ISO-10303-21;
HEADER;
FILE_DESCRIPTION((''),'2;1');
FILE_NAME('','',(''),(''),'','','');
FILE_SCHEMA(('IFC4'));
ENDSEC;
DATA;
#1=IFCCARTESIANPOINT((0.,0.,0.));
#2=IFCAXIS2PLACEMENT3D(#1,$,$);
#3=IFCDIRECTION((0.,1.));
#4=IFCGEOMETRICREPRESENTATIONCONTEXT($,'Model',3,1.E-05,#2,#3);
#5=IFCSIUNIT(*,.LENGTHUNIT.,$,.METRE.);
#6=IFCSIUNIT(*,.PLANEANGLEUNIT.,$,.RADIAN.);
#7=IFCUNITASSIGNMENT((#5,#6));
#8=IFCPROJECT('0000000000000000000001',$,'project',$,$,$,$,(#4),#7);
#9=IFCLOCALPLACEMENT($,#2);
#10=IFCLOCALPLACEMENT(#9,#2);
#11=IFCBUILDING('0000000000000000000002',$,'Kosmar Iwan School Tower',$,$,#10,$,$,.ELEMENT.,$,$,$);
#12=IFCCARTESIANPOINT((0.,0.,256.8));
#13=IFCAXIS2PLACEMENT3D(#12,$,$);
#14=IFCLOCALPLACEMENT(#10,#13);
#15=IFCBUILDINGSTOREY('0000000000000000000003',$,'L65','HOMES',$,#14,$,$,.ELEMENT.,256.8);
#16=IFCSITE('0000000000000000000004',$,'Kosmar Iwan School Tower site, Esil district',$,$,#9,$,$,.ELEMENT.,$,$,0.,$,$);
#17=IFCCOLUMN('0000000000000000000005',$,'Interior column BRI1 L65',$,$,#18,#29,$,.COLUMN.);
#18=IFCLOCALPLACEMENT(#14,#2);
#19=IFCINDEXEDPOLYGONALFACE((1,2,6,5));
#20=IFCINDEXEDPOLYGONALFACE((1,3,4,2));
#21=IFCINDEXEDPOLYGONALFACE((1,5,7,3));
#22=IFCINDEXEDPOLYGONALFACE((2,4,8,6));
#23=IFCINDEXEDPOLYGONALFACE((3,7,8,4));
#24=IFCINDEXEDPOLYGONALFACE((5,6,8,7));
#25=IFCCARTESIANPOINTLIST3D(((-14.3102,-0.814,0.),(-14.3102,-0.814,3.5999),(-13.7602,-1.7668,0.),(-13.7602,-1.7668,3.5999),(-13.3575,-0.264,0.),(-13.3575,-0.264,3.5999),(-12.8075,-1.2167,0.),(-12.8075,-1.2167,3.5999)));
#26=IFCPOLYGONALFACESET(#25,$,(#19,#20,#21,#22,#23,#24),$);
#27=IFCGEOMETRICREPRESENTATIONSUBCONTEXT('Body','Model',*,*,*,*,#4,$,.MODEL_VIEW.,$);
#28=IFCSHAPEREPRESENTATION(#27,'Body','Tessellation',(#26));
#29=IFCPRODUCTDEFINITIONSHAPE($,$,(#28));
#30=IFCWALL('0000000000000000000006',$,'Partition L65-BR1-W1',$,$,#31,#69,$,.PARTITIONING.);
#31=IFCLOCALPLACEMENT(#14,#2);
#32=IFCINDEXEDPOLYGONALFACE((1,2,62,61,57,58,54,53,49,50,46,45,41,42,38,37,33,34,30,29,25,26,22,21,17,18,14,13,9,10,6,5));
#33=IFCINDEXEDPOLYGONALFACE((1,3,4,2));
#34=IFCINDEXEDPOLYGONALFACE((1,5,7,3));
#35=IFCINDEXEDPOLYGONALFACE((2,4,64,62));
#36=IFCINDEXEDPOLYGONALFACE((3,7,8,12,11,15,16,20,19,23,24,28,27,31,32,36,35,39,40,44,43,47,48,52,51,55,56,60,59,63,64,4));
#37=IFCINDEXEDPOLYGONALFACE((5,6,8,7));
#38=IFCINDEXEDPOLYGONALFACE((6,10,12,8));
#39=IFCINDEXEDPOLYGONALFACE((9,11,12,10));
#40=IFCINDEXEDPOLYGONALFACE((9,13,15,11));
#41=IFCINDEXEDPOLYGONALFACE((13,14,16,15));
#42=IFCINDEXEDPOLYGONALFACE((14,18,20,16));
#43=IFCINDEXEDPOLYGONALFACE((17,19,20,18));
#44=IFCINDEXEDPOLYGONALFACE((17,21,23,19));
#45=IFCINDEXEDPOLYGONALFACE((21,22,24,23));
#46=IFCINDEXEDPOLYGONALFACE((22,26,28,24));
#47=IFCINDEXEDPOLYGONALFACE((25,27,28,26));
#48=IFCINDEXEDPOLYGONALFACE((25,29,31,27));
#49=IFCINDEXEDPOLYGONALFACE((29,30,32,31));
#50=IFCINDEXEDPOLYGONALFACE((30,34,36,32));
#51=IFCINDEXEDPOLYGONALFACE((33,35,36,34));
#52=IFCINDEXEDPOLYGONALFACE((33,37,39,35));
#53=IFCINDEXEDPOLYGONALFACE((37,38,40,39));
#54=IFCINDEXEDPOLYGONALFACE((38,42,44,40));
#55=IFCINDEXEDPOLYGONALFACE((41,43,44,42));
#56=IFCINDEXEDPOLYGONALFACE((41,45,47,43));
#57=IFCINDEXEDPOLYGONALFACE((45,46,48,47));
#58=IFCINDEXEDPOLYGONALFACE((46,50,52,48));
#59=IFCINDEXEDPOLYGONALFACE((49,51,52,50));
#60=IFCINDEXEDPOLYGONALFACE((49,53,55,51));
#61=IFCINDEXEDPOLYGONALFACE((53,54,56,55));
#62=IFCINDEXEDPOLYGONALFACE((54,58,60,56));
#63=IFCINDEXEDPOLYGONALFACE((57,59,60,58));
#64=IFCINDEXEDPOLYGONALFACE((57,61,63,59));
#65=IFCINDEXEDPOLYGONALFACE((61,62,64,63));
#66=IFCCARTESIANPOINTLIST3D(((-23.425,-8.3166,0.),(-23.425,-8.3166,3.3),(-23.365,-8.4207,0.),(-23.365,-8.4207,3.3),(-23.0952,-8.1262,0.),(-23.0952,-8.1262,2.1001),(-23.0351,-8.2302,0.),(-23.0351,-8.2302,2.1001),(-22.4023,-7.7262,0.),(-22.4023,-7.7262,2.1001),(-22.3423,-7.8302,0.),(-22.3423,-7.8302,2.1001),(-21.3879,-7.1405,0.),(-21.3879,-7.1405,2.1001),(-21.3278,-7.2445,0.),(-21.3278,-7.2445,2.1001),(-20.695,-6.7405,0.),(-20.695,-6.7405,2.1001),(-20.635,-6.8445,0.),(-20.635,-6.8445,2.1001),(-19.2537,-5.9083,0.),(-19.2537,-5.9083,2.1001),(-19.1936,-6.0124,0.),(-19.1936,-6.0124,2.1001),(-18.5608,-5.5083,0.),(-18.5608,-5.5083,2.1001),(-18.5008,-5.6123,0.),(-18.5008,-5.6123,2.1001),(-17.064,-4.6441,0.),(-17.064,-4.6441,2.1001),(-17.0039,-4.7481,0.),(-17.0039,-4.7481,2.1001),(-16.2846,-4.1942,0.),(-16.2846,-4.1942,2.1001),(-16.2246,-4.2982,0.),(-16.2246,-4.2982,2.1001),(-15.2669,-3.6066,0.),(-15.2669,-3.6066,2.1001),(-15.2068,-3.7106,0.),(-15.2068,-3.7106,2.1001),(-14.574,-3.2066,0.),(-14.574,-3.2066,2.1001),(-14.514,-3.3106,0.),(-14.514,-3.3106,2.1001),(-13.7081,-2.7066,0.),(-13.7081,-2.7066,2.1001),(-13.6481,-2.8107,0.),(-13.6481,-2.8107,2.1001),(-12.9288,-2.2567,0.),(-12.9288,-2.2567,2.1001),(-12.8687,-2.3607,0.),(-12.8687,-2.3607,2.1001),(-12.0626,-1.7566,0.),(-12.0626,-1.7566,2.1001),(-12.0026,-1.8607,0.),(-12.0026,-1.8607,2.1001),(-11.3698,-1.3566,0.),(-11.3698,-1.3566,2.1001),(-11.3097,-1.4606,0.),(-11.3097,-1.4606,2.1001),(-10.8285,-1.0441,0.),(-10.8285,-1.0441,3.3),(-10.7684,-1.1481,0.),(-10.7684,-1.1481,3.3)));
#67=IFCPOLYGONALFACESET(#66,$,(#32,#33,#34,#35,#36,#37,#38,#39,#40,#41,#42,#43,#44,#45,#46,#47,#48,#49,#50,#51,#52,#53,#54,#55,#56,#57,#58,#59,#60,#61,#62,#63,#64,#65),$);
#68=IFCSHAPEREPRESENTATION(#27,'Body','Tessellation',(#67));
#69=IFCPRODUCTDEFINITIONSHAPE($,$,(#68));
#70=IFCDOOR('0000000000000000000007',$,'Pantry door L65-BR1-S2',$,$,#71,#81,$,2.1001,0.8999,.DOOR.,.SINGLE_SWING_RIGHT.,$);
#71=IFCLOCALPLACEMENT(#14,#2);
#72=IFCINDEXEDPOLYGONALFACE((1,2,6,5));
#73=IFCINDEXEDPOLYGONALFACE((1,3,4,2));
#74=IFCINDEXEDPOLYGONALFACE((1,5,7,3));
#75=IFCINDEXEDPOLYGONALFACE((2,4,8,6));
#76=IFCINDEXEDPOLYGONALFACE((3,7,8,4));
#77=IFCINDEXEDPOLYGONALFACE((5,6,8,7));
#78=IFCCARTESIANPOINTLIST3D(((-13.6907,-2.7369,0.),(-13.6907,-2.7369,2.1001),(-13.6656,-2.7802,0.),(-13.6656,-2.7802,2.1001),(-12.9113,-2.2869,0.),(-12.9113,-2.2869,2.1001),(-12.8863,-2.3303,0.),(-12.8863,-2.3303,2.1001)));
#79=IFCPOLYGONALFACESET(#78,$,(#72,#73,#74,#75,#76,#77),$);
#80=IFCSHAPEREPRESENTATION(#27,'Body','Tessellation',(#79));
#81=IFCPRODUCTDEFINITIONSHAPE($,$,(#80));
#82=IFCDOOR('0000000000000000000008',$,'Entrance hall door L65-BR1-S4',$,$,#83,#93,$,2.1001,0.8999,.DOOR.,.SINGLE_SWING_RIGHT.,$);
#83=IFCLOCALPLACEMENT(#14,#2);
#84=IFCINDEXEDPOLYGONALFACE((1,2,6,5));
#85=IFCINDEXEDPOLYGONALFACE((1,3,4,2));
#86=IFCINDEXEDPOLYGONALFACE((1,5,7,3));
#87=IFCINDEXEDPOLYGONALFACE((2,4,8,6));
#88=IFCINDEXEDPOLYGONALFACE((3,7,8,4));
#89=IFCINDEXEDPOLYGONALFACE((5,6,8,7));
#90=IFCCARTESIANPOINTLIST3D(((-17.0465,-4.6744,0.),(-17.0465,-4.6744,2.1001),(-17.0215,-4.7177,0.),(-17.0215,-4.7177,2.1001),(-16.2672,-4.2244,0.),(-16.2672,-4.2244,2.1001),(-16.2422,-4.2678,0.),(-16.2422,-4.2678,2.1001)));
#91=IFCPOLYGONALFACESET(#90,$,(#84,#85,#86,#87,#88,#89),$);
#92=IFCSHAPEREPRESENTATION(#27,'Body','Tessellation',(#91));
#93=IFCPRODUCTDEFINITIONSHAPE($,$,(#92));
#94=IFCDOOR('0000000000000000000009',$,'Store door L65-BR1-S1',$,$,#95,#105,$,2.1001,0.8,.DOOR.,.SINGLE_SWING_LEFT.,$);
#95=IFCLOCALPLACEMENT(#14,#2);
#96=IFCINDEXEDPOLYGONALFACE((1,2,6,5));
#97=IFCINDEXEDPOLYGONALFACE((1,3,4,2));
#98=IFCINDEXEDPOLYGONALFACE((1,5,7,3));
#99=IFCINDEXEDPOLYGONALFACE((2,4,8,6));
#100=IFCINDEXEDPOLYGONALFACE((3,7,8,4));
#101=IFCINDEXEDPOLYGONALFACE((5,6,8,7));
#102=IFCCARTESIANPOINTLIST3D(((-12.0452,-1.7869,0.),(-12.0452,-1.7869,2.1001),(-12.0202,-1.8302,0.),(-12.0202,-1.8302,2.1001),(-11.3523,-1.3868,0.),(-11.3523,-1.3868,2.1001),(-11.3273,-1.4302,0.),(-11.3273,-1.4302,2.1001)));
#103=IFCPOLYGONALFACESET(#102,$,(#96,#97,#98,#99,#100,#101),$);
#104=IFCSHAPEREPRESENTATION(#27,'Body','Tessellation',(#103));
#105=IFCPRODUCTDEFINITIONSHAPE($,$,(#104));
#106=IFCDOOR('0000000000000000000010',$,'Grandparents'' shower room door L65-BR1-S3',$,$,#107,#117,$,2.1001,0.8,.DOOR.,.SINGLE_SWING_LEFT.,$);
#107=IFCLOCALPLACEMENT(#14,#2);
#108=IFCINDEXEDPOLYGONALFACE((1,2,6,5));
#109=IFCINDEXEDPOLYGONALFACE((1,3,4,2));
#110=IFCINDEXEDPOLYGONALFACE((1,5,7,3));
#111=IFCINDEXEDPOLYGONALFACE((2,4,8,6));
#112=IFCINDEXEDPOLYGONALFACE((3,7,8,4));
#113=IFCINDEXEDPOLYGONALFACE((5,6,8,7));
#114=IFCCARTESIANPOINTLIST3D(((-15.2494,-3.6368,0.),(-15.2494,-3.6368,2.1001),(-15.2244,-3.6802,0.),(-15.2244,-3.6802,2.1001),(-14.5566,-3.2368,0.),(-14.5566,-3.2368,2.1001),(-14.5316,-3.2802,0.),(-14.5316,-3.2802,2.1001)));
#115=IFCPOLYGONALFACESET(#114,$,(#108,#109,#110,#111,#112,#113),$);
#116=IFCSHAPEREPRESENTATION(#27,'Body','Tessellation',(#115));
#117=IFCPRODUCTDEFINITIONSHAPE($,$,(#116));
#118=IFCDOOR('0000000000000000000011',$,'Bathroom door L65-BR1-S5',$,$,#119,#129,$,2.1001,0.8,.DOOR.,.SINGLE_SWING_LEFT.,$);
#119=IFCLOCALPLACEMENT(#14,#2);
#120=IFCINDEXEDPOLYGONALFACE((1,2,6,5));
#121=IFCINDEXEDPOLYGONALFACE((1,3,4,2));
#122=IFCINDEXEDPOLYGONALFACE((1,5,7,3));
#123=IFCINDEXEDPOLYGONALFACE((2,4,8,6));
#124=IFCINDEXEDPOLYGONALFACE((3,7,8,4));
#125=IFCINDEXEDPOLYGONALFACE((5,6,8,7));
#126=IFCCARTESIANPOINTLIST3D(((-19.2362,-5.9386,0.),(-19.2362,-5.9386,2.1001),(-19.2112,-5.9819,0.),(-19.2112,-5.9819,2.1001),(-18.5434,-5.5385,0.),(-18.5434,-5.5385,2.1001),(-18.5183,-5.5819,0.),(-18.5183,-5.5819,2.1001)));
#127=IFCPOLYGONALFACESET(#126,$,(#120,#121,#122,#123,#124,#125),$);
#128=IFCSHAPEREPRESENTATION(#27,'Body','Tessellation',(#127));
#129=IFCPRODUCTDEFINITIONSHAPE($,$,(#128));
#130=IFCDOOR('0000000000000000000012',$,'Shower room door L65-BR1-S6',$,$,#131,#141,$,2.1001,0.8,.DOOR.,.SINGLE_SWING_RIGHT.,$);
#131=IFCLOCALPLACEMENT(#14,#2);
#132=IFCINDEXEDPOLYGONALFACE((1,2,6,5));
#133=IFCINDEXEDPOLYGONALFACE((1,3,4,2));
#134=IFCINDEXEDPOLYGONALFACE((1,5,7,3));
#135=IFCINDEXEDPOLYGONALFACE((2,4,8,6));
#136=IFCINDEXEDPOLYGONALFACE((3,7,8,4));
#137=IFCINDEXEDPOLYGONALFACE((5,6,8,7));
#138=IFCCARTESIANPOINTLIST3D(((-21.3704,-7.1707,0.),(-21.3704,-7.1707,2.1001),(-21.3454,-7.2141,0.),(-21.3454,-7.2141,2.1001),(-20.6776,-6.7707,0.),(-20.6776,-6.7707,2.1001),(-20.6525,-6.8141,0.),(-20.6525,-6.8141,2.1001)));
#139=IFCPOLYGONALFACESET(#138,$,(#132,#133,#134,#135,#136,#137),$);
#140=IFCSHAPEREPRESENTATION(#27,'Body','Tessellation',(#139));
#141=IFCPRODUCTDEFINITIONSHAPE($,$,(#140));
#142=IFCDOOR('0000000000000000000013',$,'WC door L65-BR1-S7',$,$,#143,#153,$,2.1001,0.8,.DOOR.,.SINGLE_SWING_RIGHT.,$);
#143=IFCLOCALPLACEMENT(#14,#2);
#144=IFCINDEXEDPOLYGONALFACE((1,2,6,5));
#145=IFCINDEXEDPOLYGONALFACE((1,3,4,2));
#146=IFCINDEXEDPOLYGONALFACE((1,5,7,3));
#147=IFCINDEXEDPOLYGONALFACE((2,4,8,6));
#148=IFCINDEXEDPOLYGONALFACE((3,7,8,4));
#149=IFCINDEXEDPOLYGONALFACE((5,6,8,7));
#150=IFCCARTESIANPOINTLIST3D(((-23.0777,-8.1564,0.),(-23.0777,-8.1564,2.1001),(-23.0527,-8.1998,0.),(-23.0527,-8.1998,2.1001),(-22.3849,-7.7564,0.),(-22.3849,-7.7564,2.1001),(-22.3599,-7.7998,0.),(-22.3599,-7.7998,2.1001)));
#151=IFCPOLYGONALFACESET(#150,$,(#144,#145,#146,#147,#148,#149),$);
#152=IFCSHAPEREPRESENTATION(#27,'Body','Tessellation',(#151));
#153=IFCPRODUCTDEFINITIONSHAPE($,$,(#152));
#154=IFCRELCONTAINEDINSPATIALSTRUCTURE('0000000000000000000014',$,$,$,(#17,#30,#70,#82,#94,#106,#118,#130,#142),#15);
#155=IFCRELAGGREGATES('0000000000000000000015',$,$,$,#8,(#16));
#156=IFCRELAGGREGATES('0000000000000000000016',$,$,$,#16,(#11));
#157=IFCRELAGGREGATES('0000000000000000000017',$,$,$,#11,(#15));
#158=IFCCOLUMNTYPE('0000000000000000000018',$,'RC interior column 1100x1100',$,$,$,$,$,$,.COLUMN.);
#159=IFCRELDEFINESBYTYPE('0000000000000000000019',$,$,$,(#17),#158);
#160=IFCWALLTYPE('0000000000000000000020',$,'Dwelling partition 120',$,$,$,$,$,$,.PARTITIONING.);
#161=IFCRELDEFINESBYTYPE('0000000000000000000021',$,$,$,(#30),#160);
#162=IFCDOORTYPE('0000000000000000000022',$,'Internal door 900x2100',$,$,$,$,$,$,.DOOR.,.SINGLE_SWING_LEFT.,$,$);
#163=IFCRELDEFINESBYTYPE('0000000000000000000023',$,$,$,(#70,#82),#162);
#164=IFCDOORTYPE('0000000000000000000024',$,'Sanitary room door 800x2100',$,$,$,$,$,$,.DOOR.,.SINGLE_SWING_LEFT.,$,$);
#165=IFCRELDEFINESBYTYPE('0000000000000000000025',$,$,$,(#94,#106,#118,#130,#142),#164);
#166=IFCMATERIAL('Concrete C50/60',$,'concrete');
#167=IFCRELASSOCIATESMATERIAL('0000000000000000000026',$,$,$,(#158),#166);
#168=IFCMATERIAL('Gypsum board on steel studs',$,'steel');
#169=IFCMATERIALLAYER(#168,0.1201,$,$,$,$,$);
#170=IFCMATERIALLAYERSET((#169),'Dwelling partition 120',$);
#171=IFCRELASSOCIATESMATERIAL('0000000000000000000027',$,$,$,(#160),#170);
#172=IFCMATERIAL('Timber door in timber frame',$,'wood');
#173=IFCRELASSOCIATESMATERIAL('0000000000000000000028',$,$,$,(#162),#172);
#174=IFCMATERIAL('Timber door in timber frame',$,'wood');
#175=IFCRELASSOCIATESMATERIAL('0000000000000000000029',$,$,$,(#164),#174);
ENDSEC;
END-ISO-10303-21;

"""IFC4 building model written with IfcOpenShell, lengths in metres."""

from ifc_helpers import new_model, si_unit, direction, frame, frame_2d, origin, origin_2d, place, context, subcontext, project, spatial, rectangle, extrude, material, layer, layer_set, material_profile, profile_set, type_object, element, fill, save


model = new_model("IFC4")

# Units and contexts
model_context = context("Model", 3, precision=1e-05, world=origin(), true_north=direction((0.0, 1.0)))
body_context = subcontext(model_context, "Body", "Model", "MODEL_VIEW")
ifc_project = project(units=[si_unit("LENGTHUNIT", "METRE"), si_unit("PLANEANGLEUNIT", "RADIAN")], contexts=[model_context])

# Site, building, storey
site_placement = place(None, origin())
site = spatial("IfcSite", under=ifc_project, at=site_placement, Name="Kosmar Iwan School Tower site, Esil district", CompositionType="ELEMENT", RefElevation=0.0)
building_placement = place(site_placement, origin())
building = spatial("IfcBuilding", under=site, at=building_placement, Name="Kosmar Iwan School Tower", CompositionType="ELEMENT")
storey_placement = place(building_placement, frame((0.0, 0.0, 256.8)))
storey = spatial("IfcBuildingStorey", under=building, at=storey_placement, Name="L65", Description="HOMES", CompositionType="ELEMENT", Elevation=256.8)

# Column
ifc_material_1 = material(Name="Concrete C50/60", Category="concrete")
ifc_material_profile = material_profile(ifc_material_1, rectangle(XDim=1.1001, YDim=1.1001, at=origin_2d()), Name="RC 1100x1100")
ifc_profile_set = profile_set([ifc_material_profile], Name="Concrete C50/60")
column_type = type_object("IfcColumnType", Name="RC interior column 1100x1100", PredefinedType="COLUMN", material=ifc_profile_set)
column_placement = place(storey_placement, frame((-13.5588, -1.0154, 0.0), z_axis=(0.0, 0.0, 1.0), x_axis=(-0.866025, -0.5, 0.0)))
element("IfcColumn", 1, at=column_placement, inside=storey, type_object=column_type, Name="Interior column BRI1 L65", PredefinedType="COLUMN", context=body_context, shape_type="SweptSolid", body=[
    extrude(rectangle(XDim=1.1001, YDim=1.1001, at=origin_2d()), origin(), (0.0, 0.0, 1.0), 3.5999),
])

# Wall, openings, doors
ifc_material_2 = material(Name="Gypsum board on steel studs", Category="steel")
ifc_layer = layer(ifc_material_2, 0.1201)
ifc_layer_set = layer_set([ifc_layer], Name="Dwelling partition 120")
wall_type = type_object("IfcWallType", Name="Dwelling partition 120", PredefinedType="PARTITIONING", material=ifc_layer_set)
wall_placement = place(storey_placement, frame((-10.7986, -1.0962, 0.0), z_axis=(0.0, 0.0, 1.0), x_axis=(-0.866028, -0.499995, 0.0)))
wall = element("IfcWall", 2, at=wall_placement, inside=storey, type_object=wall_type, Name="Partition L65-BR1-W1", PredefinedType="PARTITIONING", context=body_context, shape_type="SweptSolid", body=[
    extrude(rectangle(XDim=14.5452, YDim=0.1201, at=frame_2d((7.2725, 0.0))), origin(), (0.0, 0.0, 1.0), 3.3),
])
opening_1_placement = place(wall_placement, frame((0.625, 0.0, 0.0)))
opening_1 = element("IfcOpeningElement", 3, at=opening_1_placement, cuts=wall, PredefinedType="OPENING", context=body_context, shape_type="SweptSolid", body=[
    extrude(rectangle(XDim=0.8, YDim=2.1001, at=frame_2d((0.3999, 1.05))), frame((0.0, 0.072, 0.0), z_axis=(0.0, -1.0, 0.0), x_axis=(1.0, 0.0, 0.0)), (0.0, 0.0, 1.0), 0.144),
])
opening_2_placement = place(wall_placement, frame((2.425, 0.0, 0.0)))
opening_2 = element("IfcOpeningElement", 4, at=opening_2_placement, cuts=wall, PredefinedType="OPENING", context=body_context, shape_type="SweptSolid", body=[
    extrude(rectangle(XDim=0.8999, YDim=2.1001, at=frame_2d((0.45, 1.05))), frame((0.0, 0.072, 0.0), z_axis=(0.0, -1.0, 0.0), x_axis=(1.0, 0.0, 0.0)), (0.0, 0.0, 1.0), 0.144),
])
opening_3_placement = place(wall_placement, frame((4.325, 0.0, 0.0)))
opening_3 = element("IfcOpeningElement", 5, at=opening_3_placement, cuts=wall, PredefinedType="OPENING", context=body_context, shape_type="SweptSolid", body=[
    extrude(rectangle(XDim=0.8, YDim=2.1001, at=frame_2d((0.3999, 1.05))), frame((0.0, 0.072, 0.0), z_axis=(0.0, -1.0, 0.0), x_axis=(1.0, 0.0, 0.0)), (0.0, 0.0, 1.0), 0.144),
])
opening_4_placement = place(wall_placement, frame((6.3, 0.0, 0.0)))
opening_4 = element("IfcOpeningElement", 6, at=opening_4_placement, cuts=wall, PredefinedType="OPENING", context=body_context, shape_type="SweptSolid", body=[
    extrude(rectangle(XDim=0.8999, YDim=2.1001, at=frame_2d((0.45, 1.05))), frame((0.0, 0.072, 0.0), z_axis=(0.0, -1.0, 0.0), x_axis=(1.0, 0.0, 0.0)), (0.0, 0.0, 1.0), 0.144),
])
opening_5_placement = place(wall_placement, frame((8.9285, 0.0, 0.0)))
opening_5 = element("IfcOpeningElement", 7, at=opening_5_placement, cuts=wall, PredefinedType="OPENING", context=body_context, shape_type="SweptSolid", body=[
    extrude(rectangle(XDim=0.8, YDim=2.1001, at=frame_2d((0.3999, 1.05))), frame((0.0, 0.072, 0.0), z_axis=(0.0, -1.0, 0.0), x_axis=(1.0, 0.0, 0.0)), (0.0, 0.0, 1.0), 0.144),
])
opening_6_placement = place(wall_placement, frame((11.3928, 0.0, 0.0)))
opening_6 = element("IfcOpeningElement", 8, at=opening_6_placement, cuts=wall, PredefinedType="OPENING", context=body_context, shape_type="SweptSolid", body=[
    extrude(rectangle(XDim=0.8, YDim=2.1001, at=frame_2d((0.3999, 1.05))), frame((0.0, 0.072, 0.0), z_axis=(0.0, -1.0, 0.0), x_axis=(1.0, 0.0, 0.0)), (0.0, 0.0, 1.0), 0.144),
])
opening_7_placement = place(wall_placement, frame((13.3643, 0.0, 0.0)))
opening_7 = element("IfcOpeningElement", 9, at=opening_7_placement, cuts=wall, PredefinedType="OPENING", context=body_context, shape_type="SweptSolid", body=[
    extrude(rectangle(XDim=0.8, YDim=2.1001, at=frame_2d((0.3999, 1.05))), frame((0.0, 0.072, 0.0), z_axis=(0.0, -1.0, 0.0), x_axis=(1.0, 0.0, 0.0)), (0.0, 0.0, 1.0), 0.144),
])
ifc_material_3 = material(Name="Timber door in timber frame", Category="wood")
door_type_1 = type_object("IfcDoorType", Name="Internal door 900x2100", OperationType="SINGLE_SWING_LEFT", PredefinedType="DOOR", material=ifc_material_3)
door_1_placement = place(opening_2_placement, origin())
door_1 = element("IfcDoor", 10, at=door_1_placement, inside=storey, type_object=door_type_1, Name="Pantry door L65-BR1-S2", OperationType="SINGLE_SWING_RIGHT", OverallHeight=2.1001, OverallWidth=0.8999, PredefinedType="DOOR", context=body_context, shape_type="SweptSolid", body=[
    extrude(rectangle(XDim=0.8999, YDim=2.1001, at=frame_2d((0.45, 1.05))), frame((0.0, 0.0249, 0.0), z_axis=(0.0, -1.0, 0.0), x_axis=(1.0, 0.0, 0.0)), (0.0, 0.0, 1.0), 0.05),
])
fill(opening_2, door_1)
door_2_placement = place(opening_4_placement, origin())
door_2 = element("IfcDoor", 11, at=door_2_placement, inside=storey, type_object=door_type_1, Name="Entrance hall door L65-BR1-S4", OperationType="SINGLE_SWING_RIGHT", OverallHeight=2.1001, OverallWidth=0.8999, PredefinedType="DOOR", context=body_context, shape_type="SweptSolid", body=[
    extrude(rectangle(XDim=0.8999, YDim=2.1001, at=frame_2d((0.45, 1.05))), frame((0.0, 0.0249, 0.0), z_axis=(0.0, -1.0, 0.0), x_axis=(1.0, 0.0, 0.0)), (0.0, 0.0, 1.0), 0.05),
])
fill(opening_4, door_2)
ifc_material_4 = material(Name="Timber door in timber frame", Category="wood")
door_type_2 = type_object("IfcDoorType", Name="Sanitary room door 800x2100", OperationType="SINGLE_SWING_LEFT", PredefinedType="DOOR", material=ifc_material_4)
door_3_placement = place(opening_1_placement, origin())
door_3 = element("IfcDoor", 12, at=door_3_placement, inside=storey, type_object=door_type_2, Name="Store door L65-BR1-S1", OperationType="SINGLE_SWING_LEFT", OverallHeight=2.1001, OverallWidth=0.8, PredefinedType="DOOR", context=body_context, shape_type="SweptSolid", body=[
    extrude(rectangle(XDim=0.8, YDim=2.1001, at=frame_2d((0.3999, 1.05))), frame((0.0, 0.0249, 0.0), z_axis=(0.0, -1.0, 0.0), x_axis=(1.0, 0.0, 0.0)), (0.0, 0.0, 1.0), 0.05),
])
fill(opening_1, door_3)
door_4_placement = place(opening_3_placement, origin())
door_4 = element("IfcDoor", 13, at=door_4_placement, inside=storey, type_object=door_type_2, Name="Grandparents' shower room door L65-BR1-S3", OperationType="SINGLE_SWING_LEFT", OverallHeight=2.1001, OverallWidth=0.8, PredefinedType="DOOR", context=body_context, shape_type="SweptSolid", body=[
    extrude(rectangle(XDim=0.8, YDim=2.1001, at=frame_2d((0.3999, 1.05))), frame((0.0, 0.0249, 0.0), z_axis=(0.0, -1.0, 0.0), x_axis=(1.0, 0.0, 0.0)), (0.0, 0.0, 1.0), 0.05),
])
fill(opening_3, door_4)
door_5_placement = place(opening_5_placement, origin())
door_5 = element("IfcDoor", 14, at=door_5_placement, inside=storey, type_object=door_type_2, Name="Bathroom door L65-BR1-S5", OperationType="SINGLE_SWING_LEFT", OverallHeight=2.1001, OverallWidth=0.8, PredefinedType="DOOR", context=body_context, shape_type="SweptSolid", body=[
    extrude(rectangle(XDim=0.8, YDim=2.1001, at=frame_2d((0.3999, 1.05))), frame((0.0, 0.0249, 0.0), z_axis=(0.0, -1.0, 0.0), x_axis=(1.0, 0.0, 0.0)), (0.0, 0.0, 1.0), 0.05),
])
fill(opening_5, door_5)
door_6_placement = place(opening_6_placement, origin())
door_6 = element("IfcDoor", 15, at=door_6_placement, inside=storey, type_object=door_type_2, Name="Shower room door L65-BR1-S6", OperationType="SINGLE_SWING_RIGHT", OverallHeight=2.1001, OverallWidth=0.8, PredefinedType="DOOR", context=body_context, shape_type="SweptSolid", body=[
    extrude(rectangle(XDim=0.8, YDim=2.1001, at=frame_2d((0.3999, 1.05))), frame((0.0, 0.0249, 0.0), z_axis=(0.0, -1.0, 0.0), x_axis=(1.0, 0.0, 0.0)), (0.0, 0.0, 1.0), 0.05),
])
fill(opening_6, door_6)
door_7_placement = place(opening_7_placement, origin())
door_7 = element("IfcDoor", 16, at=door_7_placement, inside=storey, type_object=door_type_2, Name="WC door L65-BR1-S7", OperationType="SINGLE_SWING_RIGHT", OverallHeight=2.1001, OverallWidth=0.8, PredefinedType="DOOR", context=body_context, shape_type="SweptSolid", body=[
    extrude(rectangle(XDim=0.8, YDim=2.1001, at=frame_2d((0.3999, 1.05))), frame((0.0, 0.0249, 0.0), z_axis=(0.0, -1.0, 0.0), x_axis=(1.0, 0.0, 0.0)), (0.0, 0.0, 1.0), 0.05),
])
fill(opening_7, door_7)

save(model, "model.ifc")
